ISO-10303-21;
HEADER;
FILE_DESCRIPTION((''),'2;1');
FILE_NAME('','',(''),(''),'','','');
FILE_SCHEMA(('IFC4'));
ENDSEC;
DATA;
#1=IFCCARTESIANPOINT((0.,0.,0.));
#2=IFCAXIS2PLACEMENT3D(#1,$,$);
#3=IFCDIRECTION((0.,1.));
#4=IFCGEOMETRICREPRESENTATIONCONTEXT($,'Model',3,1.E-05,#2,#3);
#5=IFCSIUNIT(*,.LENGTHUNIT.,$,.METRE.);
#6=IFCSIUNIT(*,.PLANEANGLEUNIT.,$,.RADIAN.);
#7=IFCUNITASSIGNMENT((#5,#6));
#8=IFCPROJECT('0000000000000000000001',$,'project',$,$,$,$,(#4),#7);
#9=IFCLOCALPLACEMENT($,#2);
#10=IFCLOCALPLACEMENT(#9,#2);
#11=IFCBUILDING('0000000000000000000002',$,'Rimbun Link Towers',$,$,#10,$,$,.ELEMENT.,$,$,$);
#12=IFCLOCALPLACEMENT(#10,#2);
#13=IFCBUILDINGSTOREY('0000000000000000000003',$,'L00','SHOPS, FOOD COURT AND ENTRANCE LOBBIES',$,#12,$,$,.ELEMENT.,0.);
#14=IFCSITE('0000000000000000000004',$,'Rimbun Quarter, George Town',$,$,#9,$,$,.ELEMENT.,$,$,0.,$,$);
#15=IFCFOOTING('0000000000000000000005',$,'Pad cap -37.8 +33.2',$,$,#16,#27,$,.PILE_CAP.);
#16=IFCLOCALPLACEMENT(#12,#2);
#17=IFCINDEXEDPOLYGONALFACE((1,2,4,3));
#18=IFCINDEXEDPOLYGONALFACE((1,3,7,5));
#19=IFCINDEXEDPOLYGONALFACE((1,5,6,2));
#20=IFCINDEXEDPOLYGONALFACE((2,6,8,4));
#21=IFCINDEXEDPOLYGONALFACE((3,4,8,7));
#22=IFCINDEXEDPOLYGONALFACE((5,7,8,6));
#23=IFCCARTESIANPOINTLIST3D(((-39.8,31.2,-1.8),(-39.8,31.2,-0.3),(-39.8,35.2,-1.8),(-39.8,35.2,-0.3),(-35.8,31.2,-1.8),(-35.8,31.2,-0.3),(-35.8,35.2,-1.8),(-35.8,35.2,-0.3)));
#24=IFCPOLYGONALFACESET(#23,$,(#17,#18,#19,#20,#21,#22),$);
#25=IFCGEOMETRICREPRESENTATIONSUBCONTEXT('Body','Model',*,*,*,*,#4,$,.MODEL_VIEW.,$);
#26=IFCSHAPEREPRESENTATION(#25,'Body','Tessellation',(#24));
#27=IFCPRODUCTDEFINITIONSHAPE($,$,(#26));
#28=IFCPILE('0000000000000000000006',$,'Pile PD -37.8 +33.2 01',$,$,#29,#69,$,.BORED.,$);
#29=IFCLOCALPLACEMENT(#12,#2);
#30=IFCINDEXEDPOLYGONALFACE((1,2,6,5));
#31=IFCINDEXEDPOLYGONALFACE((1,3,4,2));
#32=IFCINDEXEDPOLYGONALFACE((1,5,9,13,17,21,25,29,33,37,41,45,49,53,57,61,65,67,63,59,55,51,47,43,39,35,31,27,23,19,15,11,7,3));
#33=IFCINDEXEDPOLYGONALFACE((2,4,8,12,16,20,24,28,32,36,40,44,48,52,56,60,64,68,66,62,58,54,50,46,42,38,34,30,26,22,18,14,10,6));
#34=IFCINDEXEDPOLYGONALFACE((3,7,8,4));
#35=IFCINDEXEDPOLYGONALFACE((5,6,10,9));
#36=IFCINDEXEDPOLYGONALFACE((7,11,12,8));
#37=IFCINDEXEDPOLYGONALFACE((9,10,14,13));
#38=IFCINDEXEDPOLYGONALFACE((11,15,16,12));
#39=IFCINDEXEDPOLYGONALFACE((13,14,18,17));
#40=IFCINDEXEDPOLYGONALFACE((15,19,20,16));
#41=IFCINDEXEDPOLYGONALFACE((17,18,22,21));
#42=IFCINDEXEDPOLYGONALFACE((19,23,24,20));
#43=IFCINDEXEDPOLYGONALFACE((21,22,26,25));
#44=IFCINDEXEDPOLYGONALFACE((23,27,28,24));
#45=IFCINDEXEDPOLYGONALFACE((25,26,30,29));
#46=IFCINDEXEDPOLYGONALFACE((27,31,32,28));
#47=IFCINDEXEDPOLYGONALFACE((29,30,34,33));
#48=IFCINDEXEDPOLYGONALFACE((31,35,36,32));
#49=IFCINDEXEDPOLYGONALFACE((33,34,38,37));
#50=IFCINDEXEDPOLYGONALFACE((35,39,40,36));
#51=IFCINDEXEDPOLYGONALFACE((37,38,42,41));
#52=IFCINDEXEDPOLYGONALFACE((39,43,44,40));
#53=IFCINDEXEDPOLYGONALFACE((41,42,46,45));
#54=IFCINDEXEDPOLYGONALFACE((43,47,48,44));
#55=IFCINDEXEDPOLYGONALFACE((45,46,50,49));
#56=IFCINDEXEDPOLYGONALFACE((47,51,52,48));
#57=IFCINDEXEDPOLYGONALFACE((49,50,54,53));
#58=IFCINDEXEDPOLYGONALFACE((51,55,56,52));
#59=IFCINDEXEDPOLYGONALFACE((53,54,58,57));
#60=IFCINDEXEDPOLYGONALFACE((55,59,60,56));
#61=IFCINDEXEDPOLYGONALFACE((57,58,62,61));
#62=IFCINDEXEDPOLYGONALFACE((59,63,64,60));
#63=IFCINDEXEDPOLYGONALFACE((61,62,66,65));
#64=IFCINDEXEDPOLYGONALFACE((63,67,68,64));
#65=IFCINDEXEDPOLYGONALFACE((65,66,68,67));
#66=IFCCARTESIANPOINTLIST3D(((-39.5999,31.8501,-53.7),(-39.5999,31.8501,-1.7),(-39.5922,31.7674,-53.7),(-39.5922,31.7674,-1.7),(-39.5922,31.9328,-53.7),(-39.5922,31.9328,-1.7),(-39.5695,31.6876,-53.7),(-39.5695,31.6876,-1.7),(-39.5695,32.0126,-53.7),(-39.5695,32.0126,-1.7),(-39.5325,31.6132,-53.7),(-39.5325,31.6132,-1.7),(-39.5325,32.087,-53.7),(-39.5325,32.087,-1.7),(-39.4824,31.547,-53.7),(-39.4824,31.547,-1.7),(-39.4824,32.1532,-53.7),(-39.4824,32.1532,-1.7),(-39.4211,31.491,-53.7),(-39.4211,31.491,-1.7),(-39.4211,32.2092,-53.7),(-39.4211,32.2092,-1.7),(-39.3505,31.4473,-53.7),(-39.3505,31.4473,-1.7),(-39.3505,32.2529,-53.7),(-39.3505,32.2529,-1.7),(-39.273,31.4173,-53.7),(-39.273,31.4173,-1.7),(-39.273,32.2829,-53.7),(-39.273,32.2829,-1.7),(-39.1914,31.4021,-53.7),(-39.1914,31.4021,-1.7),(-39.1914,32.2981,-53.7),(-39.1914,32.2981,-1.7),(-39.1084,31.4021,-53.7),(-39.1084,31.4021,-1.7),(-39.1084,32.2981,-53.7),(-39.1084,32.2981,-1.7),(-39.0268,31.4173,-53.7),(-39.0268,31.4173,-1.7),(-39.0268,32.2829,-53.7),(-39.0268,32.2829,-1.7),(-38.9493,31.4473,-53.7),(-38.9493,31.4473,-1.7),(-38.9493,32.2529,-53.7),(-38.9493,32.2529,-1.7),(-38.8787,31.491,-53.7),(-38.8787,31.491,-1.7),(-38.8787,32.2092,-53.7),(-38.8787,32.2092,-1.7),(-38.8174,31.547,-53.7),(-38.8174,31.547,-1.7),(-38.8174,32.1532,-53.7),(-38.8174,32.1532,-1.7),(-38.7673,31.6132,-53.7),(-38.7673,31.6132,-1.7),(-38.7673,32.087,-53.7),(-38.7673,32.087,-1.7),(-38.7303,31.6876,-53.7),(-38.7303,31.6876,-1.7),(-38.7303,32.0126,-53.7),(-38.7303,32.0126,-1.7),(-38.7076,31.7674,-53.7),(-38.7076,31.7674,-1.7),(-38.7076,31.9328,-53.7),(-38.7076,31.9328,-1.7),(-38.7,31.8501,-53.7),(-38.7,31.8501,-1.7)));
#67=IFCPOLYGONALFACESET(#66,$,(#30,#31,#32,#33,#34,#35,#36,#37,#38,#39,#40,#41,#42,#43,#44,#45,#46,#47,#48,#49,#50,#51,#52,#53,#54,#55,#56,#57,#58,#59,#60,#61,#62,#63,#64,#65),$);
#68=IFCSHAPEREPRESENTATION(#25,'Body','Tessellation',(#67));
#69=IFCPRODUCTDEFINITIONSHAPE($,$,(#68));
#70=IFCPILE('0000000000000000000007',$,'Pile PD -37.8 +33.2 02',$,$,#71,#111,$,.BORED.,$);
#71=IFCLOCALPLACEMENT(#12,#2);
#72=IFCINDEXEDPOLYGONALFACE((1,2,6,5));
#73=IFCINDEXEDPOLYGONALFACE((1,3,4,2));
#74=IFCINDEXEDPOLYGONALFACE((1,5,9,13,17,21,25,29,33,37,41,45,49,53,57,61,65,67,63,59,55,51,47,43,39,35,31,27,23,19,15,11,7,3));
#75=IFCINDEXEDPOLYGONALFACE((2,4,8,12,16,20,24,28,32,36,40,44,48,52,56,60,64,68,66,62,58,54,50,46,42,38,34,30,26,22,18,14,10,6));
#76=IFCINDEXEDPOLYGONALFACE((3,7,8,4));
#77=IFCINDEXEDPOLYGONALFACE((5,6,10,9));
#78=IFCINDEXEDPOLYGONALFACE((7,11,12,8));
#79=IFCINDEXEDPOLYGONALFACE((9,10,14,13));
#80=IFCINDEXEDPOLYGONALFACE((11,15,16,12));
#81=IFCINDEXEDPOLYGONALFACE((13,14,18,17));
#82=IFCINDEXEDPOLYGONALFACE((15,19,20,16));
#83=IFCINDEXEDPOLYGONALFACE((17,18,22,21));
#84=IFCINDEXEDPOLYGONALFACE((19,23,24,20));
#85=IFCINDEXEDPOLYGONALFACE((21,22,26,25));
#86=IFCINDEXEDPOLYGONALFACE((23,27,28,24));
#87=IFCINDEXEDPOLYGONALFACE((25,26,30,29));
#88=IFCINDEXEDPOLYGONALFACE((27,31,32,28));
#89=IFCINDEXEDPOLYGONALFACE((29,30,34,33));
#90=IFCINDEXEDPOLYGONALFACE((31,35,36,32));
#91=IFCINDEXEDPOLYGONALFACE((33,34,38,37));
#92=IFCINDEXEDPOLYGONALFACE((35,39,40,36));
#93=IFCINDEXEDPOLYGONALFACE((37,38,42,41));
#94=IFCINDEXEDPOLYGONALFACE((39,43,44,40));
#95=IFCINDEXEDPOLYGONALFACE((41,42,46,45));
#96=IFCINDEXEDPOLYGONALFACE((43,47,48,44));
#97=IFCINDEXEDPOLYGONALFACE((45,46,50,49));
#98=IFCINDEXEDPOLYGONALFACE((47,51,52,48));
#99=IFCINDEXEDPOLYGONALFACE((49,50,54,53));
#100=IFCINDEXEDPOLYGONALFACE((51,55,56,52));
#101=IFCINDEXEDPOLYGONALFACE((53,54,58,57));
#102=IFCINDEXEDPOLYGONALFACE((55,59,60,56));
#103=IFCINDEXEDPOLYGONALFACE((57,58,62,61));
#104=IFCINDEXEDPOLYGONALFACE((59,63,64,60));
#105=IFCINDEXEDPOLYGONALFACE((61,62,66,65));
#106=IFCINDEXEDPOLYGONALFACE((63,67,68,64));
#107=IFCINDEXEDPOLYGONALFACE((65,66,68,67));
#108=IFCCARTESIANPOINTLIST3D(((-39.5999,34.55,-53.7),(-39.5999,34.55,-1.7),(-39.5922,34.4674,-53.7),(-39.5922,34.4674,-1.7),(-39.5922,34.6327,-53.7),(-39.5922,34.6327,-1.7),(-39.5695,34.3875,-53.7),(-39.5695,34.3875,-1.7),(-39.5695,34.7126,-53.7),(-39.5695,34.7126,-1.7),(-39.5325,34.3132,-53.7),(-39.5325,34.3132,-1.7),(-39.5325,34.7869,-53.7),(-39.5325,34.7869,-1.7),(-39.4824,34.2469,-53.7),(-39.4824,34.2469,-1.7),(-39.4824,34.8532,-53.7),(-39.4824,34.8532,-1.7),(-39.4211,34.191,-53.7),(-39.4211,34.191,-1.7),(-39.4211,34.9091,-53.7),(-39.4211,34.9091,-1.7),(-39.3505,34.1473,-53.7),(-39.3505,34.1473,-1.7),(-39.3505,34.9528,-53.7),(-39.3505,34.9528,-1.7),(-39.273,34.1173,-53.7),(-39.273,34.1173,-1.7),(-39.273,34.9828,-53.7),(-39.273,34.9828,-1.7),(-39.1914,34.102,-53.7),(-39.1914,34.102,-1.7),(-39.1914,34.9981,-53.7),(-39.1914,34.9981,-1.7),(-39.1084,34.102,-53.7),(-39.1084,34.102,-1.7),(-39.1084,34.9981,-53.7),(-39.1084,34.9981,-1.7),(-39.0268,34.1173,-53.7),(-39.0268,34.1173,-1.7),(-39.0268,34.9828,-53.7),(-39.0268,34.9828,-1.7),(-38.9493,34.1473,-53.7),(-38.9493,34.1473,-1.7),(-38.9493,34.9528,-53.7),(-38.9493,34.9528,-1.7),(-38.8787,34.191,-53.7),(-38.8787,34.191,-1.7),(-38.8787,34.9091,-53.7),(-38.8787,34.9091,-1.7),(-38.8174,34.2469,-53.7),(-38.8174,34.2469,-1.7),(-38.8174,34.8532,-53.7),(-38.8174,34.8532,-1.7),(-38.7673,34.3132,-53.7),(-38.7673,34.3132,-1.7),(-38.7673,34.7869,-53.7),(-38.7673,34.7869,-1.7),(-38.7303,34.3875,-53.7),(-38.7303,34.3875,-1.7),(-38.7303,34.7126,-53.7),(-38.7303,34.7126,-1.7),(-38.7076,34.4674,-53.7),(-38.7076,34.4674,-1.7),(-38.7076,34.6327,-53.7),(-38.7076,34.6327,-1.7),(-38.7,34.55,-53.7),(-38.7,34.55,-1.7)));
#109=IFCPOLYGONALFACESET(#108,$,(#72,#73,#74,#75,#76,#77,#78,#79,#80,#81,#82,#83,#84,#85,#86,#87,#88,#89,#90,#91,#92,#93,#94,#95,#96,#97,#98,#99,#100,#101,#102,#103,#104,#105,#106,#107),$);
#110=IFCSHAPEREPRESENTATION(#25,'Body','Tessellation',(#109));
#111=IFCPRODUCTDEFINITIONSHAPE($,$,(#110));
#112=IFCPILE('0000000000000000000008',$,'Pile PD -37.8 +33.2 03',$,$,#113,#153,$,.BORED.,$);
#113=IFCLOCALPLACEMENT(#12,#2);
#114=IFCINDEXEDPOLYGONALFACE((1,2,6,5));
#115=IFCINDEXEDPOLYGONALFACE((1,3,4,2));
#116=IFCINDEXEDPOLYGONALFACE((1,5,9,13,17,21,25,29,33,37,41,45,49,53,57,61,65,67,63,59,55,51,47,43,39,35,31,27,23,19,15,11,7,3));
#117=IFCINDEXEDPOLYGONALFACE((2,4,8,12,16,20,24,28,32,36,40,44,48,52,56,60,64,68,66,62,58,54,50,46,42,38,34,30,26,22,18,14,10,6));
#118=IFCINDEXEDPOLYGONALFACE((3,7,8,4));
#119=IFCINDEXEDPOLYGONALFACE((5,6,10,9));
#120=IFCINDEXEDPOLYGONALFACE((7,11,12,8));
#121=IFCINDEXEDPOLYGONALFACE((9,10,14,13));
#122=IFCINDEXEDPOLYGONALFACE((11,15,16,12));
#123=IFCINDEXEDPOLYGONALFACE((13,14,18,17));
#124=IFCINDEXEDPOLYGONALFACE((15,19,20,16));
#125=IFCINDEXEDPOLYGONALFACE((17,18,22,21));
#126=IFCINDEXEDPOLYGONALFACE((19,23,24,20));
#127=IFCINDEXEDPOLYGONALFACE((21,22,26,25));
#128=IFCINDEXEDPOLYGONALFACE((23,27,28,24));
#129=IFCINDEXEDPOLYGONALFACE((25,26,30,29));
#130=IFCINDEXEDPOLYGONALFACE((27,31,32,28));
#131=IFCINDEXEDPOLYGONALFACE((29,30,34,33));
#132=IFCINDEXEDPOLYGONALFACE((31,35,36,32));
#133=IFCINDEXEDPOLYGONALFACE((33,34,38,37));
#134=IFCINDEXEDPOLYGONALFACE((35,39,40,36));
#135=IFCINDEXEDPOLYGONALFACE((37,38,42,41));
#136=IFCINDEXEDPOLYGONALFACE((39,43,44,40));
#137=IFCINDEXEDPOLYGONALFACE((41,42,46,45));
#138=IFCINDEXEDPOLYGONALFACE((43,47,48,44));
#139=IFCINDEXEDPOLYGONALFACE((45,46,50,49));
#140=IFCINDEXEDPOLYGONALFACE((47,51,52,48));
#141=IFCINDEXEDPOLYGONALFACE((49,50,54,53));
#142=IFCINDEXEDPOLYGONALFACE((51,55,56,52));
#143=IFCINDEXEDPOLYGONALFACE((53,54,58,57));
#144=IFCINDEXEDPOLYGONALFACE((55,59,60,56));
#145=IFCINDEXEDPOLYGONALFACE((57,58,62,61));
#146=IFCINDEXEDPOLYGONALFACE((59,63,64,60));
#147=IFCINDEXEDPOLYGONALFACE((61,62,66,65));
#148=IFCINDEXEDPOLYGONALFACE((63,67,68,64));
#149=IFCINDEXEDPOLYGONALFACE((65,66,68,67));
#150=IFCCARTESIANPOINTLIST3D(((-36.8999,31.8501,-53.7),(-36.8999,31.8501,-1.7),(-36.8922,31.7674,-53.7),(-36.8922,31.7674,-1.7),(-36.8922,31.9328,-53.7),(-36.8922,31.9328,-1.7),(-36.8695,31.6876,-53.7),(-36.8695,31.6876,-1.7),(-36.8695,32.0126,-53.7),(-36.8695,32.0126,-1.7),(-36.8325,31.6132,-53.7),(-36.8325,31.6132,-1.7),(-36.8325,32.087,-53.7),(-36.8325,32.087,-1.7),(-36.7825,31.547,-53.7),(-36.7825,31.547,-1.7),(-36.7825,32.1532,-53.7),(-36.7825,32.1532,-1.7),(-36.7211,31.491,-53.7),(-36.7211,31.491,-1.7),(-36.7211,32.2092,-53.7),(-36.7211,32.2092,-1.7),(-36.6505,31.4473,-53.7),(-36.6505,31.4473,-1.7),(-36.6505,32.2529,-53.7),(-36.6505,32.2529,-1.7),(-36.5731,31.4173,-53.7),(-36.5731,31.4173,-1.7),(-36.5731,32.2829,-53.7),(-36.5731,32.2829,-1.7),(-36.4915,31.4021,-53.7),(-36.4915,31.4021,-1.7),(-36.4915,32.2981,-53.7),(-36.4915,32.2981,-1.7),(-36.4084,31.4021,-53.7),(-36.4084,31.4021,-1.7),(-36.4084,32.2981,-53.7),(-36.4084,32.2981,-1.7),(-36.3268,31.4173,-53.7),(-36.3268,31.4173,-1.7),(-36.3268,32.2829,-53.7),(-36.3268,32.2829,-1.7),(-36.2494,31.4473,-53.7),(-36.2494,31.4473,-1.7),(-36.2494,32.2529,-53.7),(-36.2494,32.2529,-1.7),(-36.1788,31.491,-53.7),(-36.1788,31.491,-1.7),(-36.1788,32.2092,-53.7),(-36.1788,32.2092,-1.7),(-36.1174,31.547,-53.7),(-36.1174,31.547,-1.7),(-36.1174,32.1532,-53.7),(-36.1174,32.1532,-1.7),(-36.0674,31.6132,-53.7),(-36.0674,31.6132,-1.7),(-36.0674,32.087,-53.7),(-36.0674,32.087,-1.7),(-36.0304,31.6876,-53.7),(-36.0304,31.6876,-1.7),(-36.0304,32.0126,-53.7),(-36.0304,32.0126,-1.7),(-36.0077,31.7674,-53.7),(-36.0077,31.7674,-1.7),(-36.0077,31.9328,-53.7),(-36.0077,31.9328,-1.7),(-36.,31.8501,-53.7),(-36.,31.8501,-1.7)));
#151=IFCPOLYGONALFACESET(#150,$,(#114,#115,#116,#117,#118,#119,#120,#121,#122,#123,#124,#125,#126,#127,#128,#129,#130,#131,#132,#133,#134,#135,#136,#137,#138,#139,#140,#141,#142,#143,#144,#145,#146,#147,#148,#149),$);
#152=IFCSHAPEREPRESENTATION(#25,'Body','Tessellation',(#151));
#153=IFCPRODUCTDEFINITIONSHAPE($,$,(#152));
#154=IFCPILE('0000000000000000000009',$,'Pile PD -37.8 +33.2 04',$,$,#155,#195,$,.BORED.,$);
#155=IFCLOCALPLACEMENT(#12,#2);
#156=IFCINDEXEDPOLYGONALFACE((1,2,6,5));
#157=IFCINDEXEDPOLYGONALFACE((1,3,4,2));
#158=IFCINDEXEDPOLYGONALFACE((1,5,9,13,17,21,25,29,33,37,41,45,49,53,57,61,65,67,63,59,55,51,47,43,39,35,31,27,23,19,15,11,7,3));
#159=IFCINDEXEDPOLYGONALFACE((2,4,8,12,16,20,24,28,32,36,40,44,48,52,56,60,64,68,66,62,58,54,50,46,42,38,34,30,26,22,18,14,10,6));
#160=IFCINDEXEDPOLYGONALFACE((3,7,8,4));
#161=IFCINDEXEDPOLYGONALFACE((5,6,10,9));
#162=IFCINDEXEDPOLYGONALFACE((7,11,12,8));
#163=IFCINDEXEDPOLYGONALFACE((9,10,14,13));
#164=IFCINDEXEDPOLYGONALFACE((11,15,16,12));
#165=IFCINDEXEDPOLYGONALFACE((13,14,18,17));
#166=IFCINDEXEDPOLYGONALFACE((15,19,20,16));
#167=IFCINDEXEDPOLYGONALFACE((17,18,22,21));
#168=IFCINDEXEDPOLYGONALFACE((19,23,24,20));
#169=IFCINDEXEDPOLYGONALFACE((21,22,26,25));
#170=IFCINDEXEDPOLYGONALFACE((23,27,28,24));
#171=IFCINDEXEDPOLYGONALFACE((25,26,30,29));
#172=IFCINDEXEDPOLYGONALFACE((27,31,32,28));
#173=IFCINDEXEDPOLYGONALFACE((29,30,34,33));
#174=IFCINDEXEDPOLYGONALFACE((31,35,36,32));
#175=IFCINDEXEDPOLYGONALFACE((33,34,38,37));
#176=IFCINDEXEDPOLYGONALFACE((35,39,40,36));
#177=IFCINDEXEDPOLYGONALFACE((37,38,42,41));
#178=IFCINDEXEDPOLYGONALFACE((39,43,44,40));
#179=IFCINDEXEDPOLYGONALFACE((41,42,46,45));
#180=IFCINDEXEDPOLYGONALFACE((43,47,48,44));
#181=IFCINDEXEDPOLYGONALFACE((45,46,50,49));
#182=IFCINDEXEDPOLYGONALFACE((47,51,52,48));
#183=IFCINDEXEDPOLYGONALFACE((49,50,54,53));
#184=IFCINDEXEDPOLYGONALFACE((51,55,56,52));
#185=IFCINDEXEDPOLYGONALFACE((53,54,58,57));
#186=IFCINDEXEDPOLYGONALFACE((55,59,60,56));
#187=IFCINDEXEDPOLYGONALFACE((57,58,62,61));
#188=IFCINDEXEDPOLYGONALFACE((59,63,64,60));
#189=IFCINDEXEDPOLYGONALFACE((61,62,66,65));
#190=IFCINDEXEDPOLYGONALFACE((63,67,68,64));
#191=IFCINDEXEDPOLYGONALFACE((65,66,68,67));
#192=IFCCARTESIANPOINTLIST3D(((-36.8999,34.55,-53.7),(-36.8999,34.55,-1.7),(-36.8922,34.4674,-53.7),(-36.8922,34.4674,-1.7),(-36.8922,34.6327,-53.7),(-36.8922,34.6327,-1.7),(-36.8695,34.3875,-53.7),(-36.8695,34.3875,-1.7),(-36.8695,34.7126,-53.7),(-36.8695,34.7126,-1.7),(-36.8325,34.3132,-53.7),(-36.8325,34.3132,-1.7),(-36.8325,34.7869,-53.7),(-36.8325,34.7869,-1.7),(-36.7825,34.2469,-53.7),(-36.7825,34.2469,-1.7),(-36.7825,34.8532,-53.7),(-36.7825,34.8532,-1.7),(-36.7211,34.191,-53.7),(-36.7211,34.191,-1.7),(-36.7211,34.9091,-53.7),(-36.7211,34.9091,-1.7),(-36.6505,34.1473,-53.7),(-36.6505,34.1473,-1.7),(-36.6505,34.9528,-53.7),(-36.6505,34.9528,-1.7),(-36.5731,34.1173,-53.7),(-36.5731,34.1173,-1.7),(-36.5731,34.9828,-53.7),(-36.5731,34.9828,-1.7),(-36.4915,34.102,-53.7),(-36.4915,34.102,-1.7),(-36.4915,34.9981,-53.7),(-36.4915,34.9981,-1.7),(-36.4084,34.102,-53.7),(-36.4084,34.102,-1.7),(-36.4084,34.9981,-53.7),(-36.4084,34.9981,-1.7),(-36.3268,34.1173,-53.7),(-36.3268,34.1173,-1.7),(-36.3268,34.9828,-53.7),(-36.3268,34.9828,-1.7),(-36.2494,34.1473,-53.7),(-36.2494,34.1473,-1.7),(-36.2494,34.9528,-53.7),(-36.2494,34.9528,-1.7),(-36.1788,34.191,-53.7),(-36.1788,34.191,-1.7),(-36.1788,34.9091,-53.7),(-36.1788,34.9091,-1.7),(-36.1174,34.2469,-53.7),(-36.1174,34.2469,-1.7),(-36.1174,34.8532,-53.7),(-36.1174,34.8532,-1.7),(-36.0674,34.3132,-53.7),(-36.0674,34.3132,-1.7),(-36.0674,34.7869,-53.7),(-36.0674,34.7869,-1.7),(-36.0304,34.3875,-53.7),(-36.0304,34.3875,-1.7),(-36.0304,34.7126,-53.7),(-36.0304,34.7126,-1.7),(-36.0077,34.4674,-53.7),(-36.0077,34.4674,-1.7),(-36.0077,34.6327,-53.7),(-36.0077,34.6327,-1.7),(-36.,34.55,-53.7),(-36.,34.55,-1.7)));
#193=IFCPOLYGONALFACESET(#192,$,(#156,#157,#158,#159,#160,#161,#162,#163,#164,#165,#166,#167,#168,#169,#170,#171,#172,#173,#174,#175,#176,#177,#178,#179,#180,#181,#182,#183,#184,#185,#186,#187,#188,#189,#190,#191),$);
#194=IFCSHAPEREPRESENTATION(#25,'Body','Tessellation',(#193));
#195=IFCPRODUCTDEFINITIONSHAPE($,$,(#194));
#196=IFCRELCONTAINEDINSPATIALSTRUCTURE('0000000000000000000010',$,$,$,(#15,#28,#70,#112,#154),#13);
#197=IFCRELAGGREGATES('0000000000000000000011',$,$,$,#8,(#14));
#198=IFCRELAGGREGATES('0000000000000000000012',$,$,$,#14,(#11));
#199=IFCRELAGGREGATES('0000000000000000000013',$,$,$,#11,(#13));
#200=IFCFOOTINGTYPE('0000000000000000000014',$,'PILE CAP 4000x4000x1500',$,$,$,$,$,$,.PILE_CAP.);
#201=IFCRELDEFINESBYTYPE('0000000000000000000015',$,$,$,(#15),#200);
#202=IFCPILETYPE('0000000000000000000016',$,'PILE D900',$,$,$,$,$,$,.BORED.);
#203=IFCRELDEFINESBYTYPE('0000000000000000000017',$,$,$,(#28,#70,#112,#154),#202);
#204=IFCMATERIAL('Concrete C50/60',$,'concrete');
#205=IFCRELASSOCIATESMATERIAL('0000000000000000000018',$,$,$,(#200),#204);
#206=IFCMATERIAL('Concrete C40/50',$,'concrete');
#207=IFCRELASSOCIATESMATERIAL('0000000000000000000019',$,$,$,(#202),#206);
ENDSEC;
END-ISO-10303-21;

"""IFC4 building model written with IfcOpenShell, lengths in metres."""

from ifc_helpers import new_model, si_unit, direction, frame, origin, origin_2d, place, context, subcontext, project, spatial, rectangle, circle, extrude, material, material_profile, profile_set, type_object, element, save


model = new_model("IFC4")

# Units and contexts
model_context = context("Model", 3, precision=1e-05, world=origin(), true_north=direction((0.0, 1.0)))
body_context = subcontext(model_context, "Body", "Model", "MODEL_VIEW")
ifc_project = project(units=[si_unit("LENGTHUNIT", "METRE"), si_unit("PLANEANGLEUNIT", "RADIAN")], contexts=[model_context])

# Site, building, storey
site_placement = place(None, origin())
site = spatial("IfcSite", under=ifc_project, at=site_placement, Name="Rimbun Quarter, George Town", CompositionType="ELEMENT", RefElevation=0.0)
building_placement = place(site_placement, origin())
building = spatial("IfcBuilding", under=site, at=building_placement, Name="Rimbun Link Towers", CompositionType="ELEMENT")
storey_placement = place(building_placement, origin())
storey = spatial("IfcBuildingStorey", under=building, at=storey_placement, Name="L00", Description="SHOPS, FOOD COURT AND ENTRANCE LOBBIES", CompositionType="ELEMENT", Elevation=0.0)

# Footing
ifc_material_1 = material(Name="Concrete C50/60", Category="concrete")
footing_type = type_object("IfcFootingType", Name="PILE CAP 4000x4000x1500", PredefinedType="PILE_CAP", material=ifc_material_1)
footing_placement = place(storey_placement, frame((-37.8, 33.2, -1.8), z_axis=(0.0, 0.0, 1.0), x_axis=(1.0, 0.0, 0.0)))
element("IfcFooting", 1, at=footing_placement, inside=storey, type_object=footing_type, Name="Pad cap -37.8 +33.2", PredefinedType="PILE_CAP", context=body_context, shape_type="SweptSolid", body=[
    extrude(rectangle(XDim=4.0, YDim=4.0, at=origin_2d()), origin(), (0.0, 0.0, 1.0), 1.5),
])

# Piles
ifc_material_2 = material(Name="Concrete C40/50", Category="concrete")
ifc_material_profile_1 = material_profile(ifc_material_2, circle(Radius=0.45, at=origin_2d()), Name="PILE D900")
ifc_profile_set_1 = profile_set([ifc_material_profile_1], Name="Concrete C40/50")
pile_type = type_object("IfcPileType", Name="PILE D900", PredefinedType="BORED", material=ifc_profile_set_1)
for number, where, z_axis, x_axis, name in (
    (2, (-39.1499, 31.8501, -1.7), (0.0, 0.0, -1.0), (1.0, 0.0, 0.0), "Pile PD -37.8 +33.2 01"),
    (3, (-39.1499, 34.55, -1.7), (0.0, 0.0, -1.0), (1.0, 0.0, 0.0), "Pile PD -37.8 +33.2 02"),
    (4, (-36.45, 31.8501, -1.7), (0.0, 0.0, -1.0), (1.0, 0.0, 0.0), "Pile PD -37.8 +33.2 03"),
    (5, (-36.45, 34.55, -1.7), (0.0, 0.0, -1.0), (1.0, 0.0, 0.0), "Pile PD -37.8 +33.2 04"),
):
    element("IfcPile", number, at=place(storey_placement, frame(where, z_axis=z_axis, x_axis=x_axis)), inside=storey, type_object=pile_type, Name=name, PredefinedType="BORED", context=body_context, shape_type="SweptSolid", body=[
        extrude(circle(Radius=0.45, at=origin_2d()), origin(), (0.0, 0.0, 1.0), 52.0),
    ])

save(model, "model.ifc")
